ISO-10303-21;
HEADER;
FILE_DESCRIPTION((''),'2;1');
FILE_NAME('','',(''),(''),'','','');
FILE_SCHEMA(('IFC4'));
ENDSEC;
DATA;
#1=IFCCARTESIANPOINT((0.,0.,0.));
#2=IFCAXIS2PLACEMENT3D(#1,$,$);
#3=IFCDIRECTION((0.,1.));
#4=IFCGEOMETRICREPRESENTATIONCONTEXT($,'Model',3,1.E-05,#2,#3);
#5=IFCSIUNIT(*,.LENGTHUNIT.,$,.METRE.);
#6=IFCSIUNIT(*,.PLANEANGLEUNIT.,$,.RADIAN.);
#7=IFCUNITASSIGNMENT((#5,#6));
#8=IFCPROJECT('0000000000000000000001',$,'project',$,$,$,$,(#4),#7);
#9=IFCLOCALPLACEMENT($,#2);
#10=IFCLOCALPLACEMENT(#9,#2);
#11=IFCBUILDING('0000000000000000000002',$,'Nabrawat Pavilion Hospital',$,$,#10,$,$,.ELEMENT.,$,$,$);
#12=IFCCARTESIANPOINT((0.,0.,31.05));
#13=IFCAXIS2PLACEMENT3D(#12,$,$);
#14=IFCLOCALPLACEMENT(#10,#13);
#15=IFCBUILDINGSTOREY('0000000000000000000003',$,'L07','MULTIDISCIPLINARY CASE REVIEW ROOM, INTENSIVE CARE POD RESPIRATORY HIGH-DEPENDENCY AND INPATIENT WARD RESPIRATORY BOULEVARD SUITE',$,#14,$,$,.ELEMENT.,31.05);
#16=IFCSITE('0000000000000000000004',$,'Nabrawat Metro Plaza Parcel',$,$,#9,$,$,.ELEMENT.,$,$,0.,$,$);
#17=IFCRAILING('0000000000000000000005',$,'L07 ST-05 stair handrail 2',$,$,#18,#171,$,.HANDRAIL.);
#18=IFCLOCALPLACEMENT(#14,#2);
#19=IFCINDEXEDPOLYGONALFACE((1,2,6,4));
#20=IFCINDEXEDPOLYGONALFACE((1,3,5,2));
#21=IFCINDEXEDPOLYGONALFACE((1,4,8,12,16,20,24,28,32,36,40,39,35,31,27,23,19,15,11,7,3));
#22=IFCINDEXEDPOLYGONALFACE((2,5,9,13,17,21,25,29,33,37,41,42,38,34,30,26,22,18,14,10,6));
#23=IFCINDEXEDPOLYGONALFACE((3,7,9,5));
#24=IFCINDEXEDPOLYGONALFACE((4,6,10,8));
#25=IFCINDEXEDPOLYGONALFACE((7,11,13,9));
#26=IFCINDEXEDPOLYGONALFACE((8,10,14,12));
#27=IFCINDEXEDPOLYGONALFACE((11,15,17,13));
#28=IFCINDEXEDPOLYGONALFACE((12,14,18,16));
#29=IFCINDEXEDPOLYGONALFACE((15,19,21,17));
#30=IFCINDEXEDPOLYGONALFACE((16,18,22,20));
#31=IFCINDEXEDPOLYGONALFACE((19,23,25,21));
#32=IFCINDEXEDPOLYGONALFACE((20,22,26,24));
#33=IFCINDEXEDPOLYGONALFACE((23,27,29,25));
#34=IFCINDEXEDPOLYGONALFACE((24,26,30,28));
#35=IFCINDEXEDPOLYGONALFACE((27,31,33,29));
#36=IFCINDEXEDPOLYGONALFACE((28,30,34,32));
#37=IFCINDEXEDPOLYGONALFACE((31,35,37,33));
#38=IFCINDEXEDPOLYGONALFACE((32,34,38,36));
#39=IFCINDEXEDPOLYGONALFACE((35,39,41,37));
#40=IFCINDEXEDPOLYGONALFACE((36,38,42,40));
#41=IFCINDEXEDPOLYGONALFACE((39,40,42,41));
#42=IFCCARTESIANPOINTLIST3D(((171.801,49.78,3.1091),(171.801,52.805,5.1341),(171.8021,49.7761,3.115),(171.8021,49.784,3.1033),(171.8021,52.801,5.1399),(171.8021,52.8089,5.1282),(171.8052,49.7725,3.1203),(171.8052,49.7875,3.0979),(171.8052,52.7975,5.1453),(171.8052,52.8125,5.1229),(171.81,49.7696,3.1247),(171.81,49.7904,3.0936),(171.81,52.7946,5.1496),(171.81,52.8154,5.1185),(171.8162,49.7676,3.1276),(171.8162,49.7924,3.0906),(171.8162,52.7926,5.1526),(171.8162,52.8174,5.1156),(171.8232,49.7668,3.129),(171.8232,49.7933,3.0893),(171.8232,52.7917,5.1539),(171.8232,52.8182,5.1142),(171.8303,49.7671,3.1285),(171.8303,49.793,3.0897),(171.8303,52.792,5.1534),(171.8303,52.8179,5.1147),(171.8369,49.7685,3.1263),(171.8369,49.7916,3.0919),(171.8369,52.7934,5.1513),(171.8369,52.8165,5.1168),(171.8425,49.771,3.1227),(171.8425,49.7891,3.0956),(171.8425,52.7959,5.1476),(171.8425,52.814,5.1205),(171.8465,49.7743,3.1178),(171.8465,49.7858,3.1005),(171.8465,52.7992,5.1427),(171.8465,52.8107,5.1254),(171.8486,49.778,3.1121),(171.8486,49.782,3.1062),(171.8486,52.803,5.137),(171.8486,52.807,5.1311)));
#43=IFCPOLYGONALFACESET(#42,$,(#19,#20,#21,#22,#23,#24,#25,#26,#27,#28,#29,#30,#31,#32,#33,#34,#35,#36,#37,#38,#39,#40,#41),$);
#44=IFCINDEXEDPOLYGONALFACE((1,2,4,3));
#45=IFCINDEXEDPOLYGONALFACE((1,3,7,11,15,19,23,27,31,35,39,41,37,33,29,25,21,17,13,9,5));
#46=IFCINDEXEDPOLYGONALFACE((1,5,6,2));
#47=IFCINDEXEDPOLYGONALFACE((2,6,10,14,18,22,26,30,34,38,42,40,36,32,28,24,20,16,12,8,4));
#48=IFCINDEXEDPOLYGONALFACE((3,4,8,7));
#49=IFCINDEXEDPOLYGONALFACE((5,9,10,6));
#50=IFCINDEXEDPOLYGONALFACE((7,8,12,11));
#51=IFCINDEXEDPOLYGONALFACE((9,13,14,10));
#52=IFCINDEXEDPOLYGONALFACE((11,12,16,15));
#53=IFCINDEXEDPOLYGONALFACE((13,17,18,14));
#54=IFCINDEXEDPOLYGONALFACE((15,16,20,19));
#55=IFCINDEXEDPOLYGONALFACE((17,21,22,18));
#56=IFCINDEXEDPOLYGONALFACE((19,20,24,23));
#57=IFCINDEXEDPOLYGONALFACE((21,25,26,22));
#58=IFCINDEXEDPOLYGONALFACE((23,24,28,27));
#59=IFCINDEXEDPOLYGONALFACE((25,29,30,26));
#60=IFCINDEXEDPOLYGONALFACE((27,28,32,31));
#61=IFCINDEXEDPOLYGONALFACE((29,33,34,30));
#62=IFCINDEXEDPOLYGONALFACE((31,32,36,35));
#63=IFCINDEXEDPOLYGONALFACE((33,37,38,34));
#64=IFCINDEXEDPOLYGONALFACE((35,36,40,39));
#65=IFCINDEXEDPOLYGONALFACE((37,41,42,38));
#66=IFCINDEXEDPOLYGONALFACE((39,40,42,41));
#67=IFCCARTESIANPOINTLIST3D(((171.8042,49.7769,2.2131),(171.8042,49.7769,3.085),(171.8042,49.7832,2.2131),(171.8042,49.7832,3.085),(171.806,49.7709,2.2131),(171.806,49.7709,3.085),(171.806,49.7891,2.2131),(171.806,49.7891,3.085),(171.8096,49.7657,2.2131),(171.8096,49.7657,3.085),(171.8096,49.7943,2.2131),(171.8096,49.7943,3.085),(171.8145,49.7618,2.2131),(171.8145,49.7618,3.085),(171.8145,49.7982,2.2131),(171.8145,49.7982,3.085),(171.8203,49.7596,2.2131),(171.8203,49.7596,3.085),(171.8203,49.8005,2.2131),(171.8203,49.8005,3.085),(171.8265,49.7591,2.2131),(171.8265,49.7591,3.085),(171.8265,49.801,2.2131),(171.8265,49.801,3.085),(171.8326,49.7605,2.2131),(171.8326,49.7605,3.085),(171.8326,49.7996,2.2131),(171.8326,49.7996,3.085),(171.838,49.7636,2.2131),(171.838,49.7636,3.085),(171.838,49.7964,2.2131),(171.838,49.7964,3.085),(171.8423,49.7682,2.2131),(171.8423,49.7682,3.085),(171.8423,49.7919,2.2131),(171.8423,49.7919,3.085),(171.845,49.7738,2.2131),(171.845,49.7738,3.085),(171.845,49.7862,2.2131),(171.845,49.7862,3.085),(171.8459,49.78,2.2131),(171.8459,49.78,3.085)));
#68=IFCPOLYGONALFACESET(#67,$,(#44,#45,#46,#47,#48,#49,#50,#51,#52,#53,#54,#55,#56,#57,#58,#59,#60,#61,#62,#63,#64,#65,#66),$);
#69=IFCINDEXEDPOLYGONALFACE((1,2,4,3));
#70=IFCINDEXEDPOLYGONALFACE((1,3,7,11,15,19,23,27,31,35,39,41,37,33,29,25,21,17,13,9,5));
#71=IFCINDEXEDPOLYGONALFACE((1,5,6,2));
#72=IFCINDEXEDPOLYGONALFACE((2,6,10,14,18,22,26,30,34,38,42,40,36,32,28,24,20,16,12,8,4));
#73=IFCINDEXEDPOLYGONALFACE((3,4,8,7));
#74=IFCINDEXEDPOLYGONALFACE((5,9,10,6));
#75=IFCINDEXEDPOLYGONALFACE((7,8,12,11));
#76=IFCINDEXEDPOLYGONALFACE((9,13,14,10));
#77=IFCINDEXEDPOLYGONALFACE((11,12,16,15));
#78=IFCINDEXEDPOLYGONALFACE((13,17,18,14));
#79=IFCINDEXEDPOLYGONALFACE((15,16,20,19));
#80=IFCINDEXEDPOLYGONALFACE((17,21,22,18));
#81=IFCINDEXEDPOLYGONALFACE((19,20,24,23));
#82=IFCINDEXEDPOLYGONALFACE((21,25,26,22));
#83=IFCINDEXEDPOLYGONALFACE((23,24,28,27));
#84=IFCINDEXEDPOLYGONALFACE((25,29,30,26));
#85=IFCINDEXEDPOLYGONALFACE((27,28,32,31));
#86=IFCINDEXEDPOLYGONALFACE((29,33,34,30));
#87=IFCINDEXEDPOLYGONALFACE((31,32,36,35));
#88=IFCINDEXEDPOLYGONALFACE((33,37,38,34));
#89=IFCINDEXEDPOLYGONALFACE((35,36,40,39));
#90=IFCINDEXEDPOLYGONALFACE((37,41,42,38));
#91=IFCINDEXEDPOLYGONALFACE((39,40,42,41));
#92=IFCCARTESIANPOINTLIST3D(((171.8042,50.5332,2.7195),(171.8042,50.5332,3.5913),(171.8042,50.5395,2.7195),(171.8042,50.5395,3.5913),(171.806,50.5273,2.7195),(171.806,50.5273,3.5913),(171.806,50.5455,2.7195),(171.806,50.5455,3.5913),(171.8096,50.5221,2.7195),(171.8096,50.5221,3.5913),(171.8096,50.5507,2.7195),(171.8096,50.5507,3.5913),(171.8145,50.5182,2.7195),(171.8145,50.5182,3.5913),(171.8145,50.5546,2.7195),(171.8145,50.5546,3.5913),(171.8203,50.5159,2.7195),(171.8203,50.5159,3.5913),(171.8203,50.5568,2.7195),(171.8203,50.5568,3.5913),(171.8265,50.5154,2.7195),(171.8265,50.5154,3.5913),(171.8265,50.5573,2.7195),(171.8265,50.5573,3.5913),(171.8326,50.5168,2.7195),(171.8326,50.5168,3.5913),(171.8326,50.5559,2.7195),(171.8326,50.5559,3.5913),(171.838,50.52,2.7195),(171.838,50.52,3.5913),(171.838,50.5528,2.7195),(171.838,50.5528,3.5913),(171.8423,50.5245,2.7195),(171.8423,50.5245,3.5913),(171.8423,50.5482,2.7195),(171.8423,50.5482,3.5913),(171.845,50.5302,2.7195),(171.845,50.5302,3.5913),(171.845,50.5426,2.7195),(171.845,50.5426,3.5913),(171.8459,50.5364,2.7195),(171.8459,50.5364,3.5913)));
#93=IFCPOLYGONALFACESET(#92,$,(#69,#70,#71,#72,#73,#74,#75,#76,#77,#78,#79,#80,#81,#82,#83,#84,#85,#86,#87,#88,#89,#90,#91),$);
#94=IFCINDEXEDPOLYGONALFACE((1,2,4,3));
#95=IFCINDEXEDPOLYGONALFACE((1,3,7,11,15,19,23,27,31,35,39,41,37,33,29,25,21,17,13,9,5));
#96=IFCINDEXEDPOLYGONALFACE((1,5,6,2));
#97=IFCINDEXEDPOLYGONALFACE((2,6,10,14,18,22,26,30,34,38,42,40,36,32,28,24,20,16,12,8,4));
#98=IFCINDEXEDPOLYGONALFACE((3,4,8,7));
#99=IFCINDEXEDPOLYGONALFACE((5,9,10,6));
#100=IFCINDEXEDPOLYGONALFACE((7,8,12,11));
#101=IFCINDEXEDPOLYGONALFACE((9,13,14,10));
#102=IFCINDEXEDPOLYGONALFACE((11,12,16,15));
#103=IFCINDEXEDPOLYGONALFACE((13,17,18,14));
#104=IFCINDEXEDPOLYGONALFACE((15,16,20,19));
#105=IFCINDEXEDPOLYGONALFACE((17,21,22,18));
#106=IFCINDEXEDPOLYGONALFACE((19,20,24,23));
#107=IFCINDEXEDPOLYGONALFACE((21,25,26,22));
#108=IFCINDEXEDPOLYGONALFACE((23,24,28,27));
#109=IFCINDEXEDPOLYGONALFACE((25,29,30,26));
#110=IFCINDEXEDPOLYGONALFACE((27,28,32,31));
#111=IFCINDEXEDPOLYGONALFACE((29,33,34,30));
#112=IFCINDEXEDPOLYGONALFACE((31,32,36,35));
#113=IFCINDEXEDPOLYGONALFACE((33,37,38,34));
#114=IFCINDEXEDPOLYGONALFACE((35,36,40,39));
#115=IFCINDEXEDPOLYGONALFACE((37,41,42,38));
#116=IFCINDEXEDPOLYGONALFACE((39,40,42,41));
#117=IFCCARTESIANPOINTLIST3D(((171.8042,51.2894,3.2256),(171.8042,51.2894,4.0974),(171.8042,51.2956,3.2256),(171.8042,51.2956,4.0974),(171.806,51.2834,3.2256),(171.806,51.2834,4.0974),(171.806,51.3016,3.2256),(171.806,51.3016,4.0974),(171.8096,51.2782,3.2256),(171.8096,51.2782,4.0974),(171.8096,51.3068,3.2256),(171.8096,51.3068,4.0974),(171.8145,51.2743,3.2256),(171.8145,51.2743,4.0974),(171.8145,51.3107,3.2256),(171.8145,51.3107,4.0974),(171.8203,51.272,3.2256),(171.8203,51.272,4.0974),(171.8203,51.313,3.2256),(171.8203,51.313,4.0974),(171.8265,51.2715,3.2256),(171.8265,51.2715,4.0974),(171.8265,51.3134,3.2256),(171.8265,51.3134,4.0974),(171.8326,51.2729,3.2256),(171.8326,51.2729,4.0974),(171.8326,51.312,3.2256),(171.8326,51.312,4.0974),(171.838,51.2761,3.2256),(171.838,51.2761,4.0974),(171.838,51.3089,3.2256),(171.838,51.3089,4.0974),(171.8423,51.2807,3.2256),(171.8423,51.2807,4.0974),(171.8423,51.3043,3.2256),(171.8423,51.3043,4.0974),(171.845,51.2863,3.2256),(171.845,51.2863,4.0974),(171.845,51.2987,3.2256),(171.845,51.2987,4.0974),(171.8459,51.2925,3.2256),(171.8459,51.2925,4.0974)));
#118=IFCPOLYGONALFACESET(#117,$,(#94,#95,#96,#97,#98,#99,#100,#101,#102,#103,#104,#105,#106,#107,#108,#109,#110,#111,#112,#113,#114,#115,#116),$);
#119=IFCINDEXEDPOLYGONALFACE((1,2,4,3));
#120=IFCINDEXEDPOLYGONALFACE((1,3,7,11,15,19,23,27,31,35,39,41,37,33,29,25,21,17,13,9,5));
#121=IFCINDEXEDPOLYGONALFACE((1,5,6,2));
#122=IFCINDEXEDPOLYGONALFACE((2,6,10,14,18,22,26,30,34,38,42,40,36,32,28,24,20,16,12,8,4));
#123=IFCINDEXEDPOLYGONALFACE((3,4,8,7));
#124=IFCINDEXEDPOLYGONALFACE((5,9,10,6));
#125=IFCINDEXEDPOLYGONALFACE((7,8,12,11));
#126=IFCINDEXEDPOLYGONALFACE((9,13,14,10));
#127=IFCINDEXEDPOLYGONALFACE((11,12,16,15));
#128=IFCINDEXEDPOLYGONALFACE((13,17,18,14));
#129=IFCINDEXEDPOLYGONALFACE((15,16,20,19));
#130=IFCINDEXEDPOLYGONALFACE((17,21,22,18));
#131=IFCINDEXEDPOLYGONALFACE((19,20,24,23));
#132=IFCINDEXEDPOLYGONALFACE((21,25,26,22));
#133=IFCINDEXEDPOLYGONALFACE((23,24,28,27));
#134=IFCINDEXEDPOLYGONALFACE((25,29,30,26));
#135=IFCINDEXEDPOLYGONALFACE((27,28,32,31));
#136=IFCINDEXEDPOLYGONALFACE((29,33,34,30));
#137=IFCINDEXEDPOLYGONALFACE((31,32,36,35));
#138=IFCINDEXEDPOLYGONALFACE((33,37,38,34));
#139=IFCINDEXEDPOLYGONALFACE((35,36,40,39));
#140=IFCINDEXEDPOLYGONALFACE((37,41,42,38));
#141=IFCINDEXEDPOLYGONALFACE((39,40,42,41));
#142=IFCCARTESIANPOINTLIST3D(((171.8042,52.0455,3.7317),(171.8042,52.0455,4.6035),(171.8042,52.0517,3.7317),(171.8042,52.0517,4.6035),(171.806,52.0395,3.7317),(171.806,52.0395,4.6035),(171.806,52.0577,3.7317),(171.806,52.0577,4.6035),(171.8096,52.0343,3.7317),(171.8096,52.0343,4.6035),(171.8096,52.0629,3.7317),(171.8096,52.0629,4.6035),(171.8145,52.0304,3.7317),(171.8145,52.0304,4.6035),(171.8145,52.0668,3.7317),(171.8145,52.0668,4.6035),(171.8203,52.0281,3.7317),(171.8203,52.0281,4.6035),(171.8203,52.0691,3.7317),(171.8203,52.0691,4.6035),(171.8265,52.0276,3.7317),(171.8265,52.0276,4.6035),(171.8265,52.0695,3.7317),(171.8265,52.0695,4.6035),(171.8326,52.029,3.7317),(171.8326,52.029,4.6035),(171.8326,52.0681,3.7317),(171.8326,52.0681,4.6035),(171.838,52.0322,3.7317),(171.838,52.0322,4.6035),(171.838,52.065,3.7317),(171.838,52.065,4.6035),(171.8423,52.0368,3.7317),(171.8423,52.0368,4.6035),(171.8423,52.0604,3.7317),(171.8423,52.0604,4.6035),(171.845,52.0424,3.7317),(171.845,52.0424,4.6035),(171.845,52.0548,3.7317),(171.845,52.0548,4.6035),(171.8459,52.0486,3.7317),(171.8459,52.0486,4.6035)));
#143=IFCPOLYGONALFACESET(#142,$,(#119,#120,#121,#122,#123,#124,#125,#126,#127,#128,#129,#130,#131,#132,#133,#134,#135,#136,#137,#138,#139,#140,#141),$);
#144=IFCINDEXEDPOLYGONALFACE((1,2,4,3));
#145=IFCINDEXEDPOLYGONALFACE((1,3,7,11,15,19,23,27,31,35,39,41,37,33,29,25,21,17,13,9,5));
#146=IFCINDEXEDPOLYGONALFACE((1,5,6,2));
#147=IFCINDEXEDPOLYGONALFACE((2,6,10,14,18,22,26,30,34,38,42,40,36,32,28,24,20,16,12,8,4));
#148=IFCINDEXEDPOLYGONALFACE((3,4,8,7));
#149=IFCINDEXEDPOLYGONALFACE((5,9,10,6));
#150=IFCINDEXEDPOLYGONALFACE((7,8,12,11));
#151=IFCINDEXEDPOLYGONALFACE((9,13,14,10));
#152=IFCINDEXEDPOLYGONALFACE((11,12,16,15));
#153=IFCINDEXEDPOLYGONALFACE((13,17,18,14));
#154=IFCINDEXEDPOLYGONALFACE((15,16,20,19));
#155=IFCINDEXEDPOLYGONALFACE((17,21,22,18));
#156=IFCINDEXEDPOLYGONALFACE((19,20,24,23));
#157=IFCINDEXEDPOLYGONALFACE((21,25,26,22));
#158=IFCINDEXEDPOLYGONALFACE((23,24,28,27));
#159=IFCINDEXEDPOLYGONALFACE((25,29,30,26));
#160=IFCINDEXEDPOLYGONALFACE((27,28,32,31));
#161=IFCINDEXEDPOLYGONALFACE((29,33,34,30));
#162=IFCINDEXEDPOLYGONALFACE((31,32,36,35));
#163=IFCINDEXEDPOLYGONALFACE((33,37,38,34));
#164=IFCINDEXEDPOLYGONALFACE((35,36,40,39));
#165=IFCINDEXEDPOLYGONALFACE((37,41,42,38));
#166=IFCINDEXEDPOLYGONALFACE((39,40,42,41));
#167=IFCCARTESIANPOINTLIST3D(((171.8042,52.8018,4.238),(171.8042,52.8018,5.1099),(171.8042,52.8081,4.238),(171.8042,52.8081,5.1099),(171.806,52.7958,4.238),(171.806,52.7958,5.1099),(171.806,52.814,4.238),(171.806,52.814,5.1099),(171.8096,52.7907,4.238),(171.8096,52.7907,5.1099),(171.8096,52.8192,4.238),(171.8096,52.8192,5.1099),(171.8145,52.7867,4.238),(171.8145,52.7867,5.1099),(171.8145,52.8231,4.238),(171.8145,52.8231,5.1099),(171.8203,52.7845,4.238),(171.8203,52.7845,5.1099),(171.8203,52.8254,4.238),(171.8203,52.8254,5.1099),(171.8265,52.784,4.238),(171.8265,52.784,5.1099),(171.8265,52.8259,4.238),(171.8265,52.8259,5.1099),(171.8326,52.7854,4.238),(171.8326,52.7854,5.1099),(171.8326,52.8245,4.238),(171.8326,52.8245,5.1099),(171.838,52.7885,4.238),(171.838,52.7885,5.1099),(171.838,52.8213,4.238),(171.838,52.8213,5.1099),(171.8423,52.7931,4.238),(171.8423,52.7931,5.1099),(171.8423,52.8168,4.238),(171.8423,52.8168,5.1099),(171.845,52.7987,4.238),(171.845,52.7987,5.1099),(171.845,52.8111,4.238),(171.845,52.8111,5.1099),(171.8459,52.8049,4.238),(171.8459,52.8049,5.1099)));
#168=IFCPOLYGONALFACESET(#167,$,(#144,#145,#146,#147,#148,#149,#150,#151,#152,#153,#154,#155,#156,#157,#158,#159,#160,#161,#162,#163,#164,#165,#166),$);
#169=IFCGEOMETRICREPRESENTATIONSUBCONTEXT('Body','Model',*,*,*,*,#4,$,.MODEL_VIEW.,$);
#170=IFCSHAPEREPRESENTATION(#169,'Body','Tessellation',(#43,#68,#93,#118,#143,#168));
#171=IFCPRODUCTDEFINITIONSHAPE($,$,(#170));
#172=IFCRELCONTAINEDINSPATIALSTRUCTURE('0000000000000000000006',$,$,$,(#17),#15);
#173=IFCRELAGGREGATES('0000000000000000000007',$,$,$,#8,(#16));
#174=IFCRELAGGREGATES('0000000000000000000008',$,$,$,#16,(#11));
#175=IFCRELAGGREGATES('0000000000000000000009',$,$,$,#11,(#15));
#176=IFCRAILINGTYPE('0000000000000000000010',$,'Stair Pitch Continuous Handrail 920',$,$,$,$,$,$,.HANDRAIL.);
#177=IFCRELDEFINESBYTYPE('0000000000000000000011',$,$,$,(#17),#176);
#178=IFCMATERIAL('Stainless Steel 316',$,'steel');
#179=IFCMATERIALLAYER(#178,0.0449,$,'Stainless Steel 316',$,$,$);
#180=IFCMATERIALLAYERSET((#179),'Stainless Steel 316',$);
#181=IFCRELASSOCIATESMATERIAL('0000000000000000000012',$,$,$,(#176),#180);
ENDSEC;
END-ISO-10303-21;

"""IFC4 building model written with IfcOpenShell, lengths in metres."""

from ifc_helpers import new_model, si_unit, direction, frame, origin, origin_2d, place, context, subcontext, project, spatial, circle, extrude, material, layer, layer_set, type_object, element, save


model = new_model("IFC4")

# Units and contexts
model_context = context("Model", 3, precision=1e-05, world=origin(), true_north=direction((0.0, 1.0)))
body_context = subcontext(model_context, "Body", "Model", "MODEL_VIEW")
ifc_project = project(units=[si_unit("LENGTHUNIT", "METRE"), si_unit("PLANEANGLEUNIT", "RADIAN")], contexts=[model_context])

# Site, building, storey
site_placement = place(None, origin())
site = spatial("IfcSite", under=ifc_project, at=site_placement, Name="Nabrawat Metro Plaza Parcel", CompositionType="ELEMENT", RefElevation=0.0)
building_placement = place(site_placement, origin())
building = spatial("IfcBuilding", under=site, at=building_placement, Name="Nabrawat Pavilion Hospital", CompositionType="ELEMENT")
storey_placement = place(building_placement, frame((0.0, 0.0, 31.05)))
storey = spatial("IfcBuildingStorey", under=building, at=storey_placement, Name="L07", Description="MULTIDISCIPLINARY CASE REVIEW ROOM, INTENSIVE CARE POD RESPIRATORY HIGH-DEPENDENCY AND INPATIENT WARD RESPIRATORY BOULEVARD SUITE", CompositionType="ELEMENT", Elevation=31.05)

# Railing
ifc_material_1 = material(Name="Stainless Steel 316", Category="steel")
ifc_layer_1 = layer(ifc_material_1, 0.0449, Name="Stainless Steel 316")
ifc_layer_set_1 = layer_set([ifc_layer_1], Name="Stainless Steel 316")
railing_type_1 = type_object("IfcRailingType", Name="Stair Pitch Continuous Handrail 920", PredefinedType="HANDRAIL", material=ifc_layer_set_1)
railing_1_placement = place(storey_placement, frame((171.825, 49.78, 2.2131)))
element("IfcRailing", 1, at=railing_1_placement, inside=storey, type_object=railing_type_1, Name="L07 ST-05 stair handrail 2", PredefinedType="HANDRAIL", context=body_context, shape_type="SweptSolid", body=[
    extrude(circle(Radius=0.0239, at=origin_2d()), frame((0.0, 0.0, 0.896), z_axis=(0.0, 0.830996, 0.556278), x_axis=(-1.0, 0.0, 0.0)), (0.0, 0.0, 1.0), 3.6401),
    extrude(circle(Radius=0.021, at=origin_2d()), origin(), (0.0, 0.0, 1.0), 0.8718),
    extrude(circle(Radius=0.021, at=origin_2d()), frame((0.0, 0.7563, 0.5063)), (0.0, 0.0, 1.0), 0.8718),
    extrude(circle(Radius=0.021, at=origin_2d()), frame((0.0, 1.5125, 1.0125)), (0.0, 0.0, 1.0), 0.8718),
    extrude(circle(Radius=0.021, at=origin_2d()), frame((0.0, 2.2686, 1.5186)), (0.0, 0.0, 1.0), 0.8718),
    extrude(circle(Radius=0.021, at=origin_2d()), frame((0.0, 3.0249, 2.0249)), (0.0, 0.0, 1.0), 0.8718),
])

save(model, "model.ifc")
